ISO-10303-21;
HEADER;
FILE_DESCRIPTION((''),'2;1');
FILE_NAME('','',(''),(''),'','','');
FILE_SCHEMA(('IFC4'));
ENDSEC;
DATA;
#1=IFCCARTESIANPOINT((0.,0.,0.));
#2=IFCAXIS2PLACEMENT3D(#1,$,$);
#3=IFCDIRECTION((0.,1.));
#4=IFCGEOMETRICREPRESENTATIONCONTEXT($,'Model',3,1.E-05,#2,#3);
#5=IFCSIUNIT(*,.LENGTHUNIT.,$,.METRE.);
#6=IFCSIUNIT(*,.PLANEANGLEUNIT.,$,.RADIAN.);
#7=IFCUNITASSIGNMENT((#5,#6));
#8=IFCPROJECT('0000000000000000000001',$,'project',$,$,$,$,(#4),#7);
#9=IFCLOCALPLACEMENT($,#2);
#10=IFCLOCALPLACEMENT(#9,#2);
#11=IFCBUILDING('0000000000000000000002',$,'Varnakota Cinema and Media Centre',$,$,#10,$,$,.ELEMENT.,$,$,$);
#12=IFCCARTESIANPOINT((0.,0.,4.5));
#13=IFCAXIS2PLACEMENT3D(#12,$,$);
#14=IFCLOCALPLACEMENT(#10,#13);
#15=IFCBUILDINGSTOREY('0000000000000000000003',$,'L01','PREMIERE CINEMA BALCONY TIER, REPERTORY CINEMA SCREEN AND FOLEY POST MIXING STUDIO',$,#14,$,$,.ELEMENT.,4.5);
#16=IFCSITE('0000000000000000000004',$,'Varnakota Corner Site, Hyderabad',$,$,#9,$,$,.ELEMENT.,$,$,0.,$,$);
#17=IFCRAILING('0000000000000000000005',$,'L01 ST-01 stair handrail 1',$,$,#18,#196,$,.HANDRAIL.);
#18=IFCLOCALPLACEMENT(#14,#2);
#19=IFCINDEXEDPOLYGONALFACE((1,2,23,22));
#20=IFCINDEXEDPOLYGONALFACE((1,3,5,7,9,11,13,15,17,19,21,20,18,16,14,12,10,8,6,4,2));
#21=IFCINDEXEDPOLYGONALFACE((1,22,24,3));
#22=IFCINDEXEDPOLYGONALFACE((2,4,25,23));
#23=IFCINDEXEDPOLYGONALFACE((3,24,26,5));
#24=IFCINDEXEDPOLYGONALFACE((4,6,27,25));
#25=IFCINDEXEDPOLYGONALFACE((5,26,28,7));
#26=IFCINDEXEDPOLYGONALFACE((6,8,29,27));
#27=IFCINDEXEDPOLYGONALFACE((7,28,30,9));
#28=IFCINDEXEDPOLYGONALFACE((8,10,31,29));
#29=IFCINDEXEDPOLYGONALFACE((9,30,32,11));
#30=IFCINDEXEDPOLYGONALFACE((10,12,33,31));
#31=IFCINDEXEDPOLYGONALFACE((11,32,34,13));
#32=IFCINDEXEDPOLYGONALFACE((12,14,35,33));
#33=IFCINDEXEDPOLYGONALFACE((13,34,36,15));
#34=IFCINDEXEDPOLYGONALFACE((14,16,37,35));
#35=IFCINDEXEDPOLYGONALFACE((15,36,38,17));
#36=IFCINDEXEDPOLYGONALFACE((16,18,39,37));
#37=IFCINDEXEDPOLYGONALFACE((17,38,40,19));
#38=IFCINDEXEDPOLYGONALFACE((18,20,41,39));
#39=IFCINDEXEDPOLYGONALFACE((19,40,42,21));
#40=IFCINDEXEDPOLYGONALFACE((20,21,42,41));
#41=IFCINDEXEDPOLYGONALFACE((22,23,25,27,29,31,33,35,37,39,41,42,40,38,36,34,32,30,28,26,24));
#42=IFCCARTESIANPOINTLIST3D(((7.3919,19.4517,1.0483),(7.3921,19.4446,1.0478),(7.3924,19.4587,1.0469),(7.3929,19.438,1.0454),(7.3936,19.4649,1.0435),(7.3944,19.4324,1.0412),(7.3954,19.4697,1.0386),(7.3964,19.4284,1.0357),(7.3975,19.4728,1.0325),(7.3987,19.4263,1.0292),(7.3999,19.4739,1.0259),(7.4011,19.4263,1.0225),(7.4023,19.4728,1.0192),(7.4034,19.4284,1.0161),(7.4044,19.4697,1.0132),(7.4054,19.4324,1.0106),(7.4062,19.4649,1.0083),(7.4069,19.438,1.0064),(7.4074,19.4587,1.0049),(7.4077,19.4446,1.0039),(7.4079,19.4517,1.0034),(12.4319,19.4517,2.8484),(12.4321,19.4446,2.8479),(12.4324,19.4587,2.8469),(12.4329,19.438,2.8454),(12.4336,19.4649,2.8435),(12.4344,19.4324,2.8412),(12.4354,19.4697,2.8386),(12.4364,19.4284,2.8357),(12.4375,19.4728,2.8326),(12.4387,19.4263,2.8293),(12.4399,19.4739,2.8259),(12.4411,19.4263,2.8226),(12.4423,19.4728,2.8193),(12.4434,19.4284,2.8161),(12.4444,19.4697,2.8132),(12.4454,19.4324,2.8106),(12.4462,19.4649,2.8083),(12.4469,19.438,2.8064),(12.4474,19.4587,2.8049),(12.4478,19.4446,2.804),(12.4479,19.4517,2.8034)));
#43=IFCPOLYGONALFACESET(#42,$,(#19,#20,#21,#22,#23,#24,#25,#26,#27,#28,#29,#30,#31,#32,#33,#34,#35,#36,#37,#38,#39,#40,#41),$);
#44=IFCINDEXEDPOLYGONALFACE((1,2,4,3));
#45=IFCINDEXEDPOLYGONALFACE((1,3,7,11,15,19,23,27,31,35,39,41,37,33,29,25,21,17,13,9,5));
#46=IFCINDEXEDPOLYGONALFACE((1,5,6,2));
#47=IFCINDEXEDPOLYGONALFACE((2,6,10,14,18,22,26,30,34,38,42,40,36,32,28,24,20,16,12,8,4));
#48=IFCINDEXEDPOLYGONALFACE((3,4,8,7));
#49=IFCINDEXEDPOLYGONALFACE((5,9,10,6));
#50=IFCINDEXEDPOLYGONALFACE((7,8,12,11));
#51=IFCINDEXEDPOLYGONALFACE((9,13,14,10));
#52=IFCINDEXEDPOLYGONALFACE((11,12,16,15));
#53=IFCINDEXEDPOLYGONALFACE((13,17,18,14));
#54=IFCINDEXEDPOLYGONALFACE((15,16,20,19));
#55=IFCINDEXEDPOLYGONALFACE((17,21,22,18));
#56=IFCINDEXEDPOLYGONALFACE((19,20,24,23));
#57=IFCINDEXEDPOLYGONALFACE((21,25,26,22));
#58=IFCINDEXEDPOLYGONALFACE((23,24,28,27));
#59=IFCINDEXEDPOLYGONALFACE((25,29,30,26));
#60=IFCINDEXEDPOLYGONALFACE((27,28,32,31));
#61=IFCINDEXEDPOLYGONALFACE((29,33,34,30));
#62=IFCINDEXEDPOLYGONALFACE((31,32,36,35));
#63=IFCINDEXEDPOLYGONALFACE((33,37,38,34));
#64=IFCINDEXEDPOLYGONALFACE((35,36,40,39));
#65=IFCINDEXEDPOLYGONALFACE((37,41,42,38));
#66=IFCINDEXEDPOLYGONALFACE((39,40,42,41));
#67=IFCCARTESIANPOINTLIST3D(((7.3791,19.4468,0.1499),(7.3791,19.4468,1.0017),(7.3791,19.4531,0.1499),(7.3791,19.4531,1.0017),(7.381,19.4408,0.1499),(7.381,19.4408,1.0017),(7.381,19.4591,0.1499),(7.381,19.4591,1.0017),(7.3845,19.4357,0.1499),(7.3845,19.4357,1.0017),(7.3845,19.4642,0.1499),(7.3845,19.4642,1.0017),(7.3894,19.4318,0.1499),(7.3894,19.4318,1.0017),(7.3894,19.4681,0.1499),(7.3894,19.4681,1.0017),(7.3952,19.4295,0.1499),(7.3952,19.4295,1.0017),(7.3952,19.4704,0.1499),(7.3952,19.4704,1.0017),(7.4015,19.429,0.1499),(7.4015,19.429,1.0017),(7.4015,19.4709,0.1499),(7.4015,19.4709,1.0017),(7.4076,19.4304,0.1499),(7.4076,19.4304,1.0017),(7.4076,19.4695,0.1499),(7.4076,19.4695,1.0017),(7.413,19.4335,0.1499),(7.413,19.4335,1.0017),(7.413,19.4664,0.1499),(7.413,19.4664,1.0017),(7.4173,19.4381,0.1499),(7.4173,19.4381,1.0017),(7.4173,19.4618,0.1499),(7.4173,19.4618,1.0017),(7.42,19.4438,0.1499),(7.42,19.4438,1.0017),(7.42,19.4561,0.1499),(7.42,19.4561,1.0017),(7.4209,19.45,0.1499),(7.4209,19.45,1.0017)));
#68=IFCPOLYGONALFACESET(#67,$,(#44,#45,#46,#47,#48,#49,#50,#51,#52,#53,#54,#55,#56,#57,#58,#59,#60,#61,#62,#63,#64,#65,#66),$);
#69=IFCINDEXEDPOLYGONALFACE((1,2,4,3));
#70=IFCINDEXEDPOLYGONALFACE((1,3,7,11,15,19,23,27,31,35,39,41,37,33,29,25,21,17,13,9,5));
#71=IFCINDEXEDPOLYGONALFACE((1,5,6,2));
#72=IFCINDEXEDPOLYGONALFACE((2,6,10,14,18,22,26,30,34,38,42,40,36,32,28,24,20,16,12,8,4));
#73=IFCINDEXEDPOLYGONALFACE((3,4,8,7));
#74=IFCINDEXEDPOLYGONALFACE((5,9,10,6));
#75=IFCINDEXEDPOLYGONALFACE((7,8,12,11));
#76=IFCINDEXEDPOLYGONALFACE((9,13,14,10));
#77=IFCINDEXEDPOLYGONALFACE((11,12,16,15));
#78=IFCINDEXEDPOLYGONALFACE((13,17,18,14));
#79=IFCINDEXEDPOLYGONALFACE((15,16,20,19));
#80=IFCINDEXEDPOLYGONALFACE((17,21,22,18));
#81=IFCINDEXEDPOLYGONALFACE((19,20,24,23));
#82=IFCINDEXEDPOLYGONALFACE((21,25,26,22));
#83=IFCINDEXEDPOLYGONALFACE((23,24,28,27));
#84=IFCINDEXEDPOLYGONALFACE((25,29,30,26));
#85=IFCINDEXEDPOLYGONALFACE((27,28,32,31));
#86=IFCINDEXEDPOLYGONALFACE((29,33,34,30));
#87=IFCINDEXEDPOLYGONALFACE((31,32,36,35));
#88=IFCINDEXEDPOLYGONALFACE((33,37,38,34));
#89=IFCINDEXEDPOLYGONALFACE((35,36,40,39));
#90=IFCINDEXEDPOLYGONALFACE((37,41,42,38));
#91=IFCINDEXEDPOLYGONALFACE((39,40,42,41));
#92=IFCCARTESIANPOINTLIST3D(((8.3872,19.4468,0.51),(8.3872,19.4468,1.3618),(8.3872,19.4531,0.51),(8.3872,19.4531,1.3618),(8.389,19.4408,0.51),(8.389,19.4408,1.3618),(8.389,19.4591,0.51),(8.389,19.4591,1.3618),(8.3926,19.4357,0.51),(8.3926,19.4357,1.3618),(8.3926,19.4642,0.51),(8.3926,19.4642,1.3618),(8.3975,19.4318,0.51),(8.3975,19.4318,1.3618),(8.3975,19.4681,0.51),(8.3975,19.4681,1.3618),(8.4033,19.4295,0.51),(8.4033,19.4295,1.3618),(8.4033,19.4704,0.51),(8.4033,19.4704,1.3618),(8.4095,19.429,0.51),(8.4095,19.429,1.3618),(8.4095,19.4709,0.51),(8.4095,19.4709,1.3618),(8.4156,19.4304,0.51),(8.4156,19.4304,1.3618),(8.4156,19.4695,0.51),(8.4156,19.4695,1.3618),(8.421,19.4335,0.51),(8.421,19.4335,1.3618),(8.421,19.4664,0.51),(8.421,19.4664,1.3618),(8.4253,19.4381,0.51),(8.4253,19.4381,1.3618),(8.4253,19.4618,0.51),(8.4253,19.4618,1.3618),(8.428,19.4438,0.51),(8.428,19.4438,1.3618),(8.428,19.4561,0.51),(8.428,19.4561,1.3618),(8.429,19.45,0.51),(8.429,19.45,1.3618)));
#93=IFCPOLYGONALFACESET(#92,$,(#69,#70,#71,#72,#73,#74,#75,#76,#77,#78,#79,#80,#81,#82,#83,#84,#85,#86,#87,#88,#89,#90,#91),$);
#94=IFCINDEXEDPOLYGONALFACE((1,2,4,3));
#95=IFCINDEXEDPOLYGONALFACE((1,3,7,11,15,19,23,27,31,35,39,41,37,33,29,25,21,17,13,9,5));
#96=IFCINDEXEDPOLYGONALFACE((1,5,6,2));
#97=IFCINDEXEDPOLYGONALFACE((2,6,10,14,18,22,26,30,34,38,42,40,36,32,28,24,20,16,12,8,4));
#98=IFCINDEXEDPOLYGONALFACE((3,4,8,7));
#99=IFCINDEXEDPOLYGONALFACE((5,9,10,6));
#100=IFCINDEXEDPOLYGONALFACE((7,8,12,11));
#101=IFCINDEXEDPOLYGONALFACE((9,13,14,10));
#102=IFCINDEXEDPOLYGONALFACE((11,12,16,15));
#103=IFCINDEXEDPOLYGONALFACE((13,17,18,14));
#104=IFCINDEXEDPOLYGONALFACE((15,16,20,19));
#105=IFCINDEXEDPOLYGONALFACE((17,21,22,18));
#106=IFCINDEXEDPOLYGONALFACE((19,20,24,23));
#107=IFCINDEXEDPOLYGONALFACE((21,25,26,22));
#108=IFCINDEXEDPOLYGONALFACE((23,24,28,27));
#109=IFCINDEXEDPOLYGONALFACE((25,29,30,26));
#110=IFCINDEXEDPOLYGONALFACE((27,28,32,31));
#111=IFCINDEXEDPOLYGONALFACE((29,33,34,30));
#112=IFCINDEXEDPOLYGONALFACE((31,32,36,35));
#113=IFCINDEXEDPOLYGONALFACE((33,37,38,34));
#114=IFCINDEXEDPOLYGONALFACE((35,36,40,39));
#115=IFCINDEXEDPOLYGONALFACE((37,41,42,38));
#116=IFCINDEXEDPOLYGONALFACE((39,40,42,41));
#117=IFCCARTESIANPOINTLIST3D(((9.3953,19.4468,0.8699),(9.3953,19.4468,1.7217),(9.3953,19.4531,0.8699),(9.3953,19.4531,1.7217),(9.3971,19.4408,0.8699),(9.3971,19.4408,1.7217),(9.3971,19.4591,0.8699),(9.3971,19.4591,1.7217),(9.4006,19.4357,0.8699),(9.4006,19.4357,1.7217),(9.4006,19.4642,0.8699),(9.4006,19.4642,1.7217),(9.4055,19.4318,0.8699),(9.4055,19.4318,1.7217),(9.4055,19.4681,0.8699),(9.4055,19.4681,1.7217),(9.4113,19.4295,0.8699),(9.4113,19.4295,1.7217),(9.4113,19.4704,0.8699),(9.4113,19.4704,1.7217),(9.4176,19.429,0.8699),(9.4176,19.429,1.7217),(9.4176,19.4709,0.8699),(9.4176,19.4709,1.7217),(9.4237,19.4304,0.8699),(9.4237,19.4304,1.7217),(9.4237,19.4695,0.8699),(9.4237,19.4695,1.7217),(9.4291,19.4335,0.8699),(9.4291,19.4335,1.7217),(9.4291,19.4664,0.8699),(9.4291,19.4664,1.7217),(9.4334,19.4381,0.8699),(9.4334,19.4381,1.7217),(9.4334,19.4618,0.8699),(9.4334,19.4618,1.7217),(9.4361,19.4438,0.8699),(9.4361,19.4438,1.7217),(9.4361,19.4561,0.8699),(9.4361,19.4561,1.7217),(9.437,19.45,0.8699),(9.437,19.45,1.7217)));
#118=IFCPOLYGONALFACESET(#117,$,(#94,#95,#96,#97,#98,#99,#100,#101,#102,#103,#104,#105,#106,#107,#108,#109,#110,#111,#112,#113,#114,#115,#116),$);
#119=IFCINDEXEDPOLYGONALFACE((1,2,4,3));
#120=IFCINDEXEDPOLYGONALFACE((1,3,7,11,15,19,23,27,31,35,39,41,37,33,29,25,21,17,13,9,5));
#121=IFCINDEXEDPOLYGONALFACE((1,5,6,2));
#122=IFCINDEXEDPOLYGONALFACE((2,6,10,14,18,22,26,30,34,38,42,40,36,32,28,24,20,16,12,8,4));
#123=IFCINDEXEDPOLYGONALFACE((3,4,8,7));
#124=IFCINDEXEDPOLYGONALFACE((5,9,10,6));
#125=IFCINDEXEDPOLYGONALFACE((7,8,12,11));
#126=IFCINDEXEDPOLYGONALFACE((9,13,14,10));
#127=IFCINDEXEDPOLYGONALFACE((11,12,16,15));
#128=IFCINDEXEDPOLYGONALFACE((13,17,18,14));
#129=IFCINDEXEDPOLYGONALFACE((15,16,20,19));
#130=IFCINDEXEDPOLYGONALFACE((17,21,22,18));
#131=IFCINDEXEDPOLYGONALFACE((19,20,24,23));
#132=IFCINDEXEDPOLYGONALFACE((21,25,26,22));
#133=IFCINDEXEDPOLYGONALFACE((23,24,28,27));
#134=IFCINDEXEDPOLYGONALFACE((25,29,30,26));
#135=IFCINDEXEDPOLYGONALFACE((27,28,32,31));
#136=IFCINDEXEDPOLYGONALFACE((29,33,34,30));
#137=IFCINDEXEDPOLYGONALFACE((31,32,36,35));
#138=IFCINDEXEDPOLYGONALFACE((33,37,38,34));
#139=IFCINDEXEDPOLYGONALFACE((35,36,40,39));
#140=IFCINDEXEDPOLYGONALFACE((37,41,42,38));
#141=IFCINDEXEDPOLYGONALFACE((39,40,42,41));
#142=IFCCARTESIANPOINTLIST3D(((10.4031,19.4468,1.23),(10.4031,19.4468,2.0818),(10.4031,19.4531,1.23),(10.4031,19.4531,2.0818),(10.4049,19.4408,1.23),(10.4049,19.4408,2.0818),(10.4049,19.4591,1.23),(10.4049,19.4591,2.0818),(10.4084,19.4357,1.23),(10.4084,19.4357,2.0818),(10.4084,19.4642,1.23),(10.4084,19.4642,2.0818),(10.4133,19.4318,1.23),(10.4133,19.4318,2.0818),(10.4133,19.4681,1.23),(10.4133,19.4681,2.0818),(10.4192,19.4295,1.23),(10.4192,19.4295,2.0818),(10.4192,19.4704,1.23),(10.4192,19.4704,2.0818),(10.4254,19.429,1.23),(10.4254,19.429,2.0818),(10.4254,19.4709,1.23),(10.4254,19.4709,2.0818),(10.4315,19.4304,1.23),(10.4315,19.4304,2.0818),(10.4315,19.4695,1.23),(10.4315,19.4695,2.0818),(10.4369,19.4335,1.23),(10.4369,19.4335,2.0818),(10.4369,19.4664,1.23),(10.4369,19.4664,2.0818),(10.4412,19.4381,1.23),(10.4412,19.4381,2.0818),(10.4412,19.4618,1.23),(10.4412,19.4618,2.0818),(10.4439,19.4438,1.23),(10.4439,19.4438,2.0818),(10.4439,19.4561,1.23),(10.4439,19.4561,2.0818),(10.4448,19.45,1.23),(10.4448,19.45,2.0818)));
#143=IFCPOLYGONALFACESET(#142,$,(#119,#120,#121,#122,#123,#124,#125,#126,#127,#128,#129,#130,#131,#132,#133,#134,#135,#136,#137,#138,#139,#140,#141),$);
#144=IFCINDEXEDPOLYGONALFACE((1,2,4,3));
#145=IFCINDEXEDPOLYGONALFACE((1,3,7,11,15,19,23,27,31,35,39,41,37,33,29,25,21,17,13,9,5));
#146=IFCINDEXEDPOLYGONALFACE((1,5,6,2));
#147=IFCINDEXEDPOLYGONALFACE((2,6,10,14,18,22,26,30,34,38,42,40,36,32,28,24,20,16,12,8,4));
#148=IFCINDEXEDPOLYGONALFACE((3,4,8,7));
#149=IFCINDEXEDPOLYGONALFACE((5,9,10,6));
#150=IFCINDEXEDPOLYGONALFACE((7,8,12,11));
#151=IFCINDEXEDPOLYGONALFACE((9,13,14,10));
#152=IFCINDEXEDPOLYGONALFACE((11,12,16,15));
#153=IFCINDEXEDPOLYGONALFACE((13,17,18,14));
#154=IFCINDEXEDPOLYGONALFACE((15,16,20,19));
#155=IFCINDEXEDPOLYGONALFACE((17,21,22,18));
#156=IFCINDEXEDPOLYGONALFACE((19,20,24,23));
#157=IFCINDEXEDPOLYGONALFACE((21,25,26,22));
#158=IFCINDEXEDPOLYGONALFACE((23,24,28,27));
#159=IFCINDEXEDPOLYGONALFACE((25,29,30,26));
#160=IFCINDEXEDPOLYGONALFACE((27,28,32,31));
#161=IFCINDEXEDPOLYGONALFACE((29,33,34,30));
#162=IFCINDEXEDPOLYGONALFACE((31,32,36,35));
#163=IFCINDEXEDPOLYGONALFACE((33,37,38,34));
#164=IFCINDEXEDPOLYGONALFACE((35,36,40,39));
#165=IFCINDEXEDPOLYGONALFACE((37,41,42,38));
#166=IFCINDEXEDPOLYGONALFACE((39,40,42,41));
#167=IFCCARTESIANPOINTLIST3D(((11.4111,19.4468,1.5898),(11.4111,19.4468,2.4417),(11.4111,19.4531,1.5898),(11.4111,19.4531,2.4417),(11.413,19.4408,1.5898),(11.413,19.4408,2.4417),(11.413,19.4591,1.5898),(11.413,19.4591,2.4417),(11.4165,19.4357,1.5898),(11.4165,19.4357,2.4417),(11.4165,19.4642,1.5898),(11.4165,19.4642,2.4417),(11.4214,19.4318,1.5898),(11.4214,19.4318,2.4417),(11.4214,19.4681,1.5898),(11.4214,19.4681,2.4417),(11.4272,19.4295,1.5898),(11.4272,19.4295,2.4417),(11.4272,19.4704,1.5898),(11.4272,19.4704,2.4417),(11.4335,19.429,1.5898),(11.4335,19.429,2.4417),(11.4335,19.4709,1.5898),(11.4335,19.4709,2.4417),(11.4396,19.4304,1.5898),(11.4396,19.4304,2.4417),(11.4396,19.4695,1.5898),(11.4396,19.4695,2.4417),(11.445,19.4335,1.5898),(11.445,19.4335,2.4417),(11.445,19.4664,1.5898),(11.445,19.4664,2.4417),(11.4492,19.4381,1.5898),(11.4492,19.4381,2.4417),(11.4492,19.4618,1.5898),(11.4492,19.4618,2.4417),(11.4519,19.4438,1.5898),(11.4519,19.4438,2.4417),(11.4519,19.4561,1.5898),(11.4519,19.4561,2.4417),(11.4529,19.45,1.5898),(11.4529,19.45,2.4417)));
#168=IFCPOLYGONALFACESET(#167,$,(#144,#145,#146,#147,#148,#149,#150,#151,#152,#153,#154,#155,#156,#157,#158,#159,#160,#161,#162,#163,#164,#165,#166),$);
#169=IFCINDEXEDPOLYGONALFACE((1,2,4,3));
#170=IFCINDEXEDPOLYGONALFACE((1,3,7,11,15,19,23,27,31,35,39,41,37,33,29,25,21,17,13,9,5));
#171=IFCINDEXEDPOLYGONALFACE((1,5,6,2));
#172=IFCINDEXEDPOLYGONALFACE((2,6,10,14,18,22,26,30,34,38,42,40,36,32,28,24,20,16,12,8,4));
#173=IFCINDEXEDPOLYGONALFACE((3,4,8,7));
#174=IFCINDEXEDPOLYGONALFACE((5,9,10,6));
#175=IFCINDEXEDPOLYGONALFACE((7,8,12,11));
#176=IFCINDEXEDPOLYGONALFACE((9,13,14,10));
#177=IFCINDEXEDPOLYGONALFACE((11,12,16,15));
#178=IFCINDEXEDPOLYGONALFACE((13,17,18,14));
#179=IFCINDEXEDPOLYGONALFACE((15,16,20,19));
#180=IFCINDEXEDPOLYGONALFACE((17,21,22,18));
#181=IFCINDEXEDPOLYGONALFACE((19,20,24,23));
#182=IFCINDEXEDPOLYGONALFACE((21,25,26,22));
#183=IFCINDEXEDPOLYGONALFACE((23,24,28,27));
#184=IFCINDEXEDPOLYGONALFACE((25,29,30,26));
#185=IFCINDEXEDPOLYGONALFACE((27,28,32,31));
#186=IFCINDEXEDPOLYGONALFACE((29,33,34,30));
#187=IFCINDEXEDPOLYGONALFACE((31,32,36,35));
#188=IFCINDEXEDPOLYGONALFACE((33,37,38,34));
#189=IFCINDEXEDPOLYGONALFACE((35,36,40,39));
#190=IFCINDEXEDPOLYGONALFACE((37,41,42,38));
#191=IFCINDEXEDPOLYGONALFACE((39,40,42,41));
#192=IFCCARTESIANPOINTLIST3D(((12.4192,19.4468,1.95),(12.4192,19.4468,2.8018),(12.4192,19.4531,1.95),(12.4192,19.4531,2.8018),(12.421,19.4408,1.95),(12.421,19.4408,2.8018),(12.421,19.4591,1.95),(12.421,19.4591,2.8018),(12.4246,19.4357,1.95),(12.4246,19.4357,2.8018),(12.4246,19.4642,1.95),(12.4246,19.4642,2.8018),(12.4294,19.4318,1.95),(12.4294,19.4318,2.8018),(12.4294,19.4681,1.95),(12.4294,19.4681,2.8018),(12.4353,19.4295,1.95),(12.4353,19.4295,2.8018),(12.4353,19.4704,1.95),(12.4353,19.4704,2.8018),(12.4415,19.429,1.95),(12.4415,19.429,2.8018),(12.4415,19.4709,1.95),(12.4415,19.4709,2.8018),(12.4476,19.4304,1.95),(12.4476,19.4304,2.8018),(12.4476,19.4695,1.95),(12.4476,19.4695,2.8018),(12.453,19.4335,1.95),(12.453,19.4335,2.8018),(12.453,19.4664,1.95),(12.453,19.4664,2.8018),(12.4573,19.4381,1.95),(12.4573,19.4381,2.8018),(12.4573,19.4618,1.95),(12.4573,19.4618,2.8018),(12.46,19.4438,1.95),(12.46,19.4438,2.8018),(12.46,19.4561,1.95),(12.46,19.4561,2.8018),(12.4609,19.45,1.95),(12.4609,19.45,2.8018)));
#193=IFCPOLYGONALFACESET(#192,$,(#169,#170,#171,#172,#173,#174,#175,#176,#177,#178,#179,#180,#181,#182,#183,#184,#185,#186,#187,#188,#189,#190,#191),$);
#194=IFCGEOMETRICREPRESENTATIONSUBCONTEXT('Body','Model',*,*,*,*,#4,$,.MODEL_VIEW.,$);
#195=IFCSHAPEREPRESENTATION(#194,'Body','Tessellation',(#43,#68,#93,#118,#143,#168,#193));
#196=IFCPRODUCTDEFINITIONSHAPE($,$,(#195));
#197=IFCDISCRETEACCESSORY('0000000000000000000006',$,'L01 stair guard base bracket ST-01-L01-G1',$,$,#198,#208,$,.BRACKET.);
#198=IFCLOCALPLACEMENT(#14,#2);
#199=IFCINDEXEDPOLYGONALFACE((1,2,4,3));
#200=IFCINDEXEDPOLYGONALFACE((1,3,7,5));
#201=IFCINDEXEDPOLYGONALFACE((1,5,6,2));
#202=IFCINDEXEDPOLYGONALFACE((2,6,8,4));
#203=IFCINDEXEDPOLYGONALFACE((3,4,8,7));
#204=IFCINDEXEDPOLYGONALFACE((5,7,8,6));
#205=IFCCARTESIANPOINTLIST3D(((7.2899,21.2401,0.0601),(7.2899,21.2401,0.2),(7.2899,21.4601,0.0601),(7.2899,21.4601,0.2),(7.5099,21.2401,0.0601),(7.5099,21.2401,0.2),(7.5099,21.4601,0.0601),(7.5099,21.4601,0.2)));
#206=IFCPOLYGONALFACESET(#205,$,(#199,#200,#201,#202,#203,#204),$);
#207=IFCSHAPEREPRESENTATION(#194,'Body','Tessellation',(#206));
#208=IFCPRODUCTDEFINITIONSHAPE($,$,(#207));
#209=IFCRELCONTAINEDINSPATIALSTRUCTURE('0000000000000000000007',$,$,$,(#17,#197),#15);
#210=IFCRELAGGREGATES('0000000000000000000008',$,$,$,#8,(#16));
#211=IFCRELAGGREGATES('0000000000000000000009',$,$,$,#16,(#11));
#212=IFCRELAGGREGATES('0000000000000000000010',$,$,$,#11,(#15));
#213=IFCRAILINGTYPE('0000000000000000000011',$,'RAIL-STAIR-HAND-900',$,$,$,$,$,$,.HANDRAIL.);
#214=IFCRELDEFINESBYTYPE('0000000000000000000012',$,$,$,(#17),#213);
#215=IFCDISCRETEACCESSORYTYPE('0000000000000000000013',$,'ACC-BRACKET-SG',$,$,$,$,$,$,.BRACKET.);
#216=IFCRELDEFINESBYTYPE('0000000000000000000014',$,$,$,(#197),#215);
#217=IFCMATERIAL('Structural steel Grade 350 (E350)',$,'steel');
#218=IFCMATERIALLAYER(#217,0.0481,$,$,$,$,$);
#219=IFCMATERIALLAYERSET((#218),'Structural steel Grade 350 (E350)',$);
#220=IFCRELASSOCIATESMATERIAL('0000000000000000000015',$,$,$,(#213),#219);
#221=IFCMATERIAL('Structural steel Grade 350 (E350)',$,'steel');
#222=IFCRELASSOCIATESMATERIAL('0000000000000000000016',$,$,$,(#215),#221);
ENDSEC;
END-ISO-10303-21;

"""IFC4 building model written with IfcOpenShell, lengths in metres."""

from ifc_helpers import new_model, si_unit, direction, frame, origin, origin_2d, place, context, subcontext, project, spatial, rectangle, circle, extrude, material, layer, layer_set, type_object, element, save


model = new_model("IFC4")

# Units and contexts
model_context = context("Model", 3, precision=1e-05, world=origin(), true_north=direction((0.0, 1.0)))
body_context = subcontext(model_context, "Body", "Model", "MODEL_VIEW")
ifc_project = project(units=[si_unit("LENGTHUNIT", "METRE"), si_unit("PLANEANGLEUNIT", "RADIAN")], contexts=[model_context])

# Site, building, storey
site_placement = place(None, origin())
site = spatial("IfcSite", under=ifc_project, at=site_placement, Name="Varnakota Corner Site, Hyderabad", CompositionType="ELEMENT", RefElevation=0.0)
building_placement = place(site_placement, origin())
building = spatial("IfcBuilding", under=site, at=building_placement, Name="Varnakota Cinema and Media Centre", CompositionType="ELEMENT")
storey_placement = place(building_placement, frame((0.0, 0.0, 4.5)))
storey = spatial("IfcBuildingStorey", under=building, at=storey_placement, Name="L01", Description="PREMIERE CINEMA BALCONY TIER, REPERTORY CINEMA SCREEN AND FOLEY POST MIXING STUDIO", CompositionType="ELEMENT", Elevation=4.5)

# Railing
ifc_material_1 = material(Name="Structural steel Grade 350 (E350)", Category="steel")
ifc_layer_1 = layer(ifc_material_1, 0.0481)
ifc_layer_set_1 = layer_set([ifc_layer_1], Name="Structural steel Grade 350 (E350)")
railing_type_1 = type_object("IfcRailingType", Name="RAIL-STAIR-HAND-900", PredefinedType="HANDRAIL", material=ifc_layer_set_1)
railing_1_placement = place(storey_placement, frame((7.3999, 19.45, 0.1499)))
element("IfcRailing", 1, at=railing_1_placement, inside=storey, type_object=railing_type_1, Name="L01 ST-01 stair handrail 1", PredefinedType="HANDRAIL", context=body_context, shape_type="SweptSolid", body=[
    extrude(circle(Radius=0.0239, at=origin_2d()), frame((0.0, 0.0, 0.876), z_axis=(0.94174, 0.0, 0.336342), x_axis=(0.0, 1.0, 0.0)), (0.0, 0.0, 1.0), 5.3518),
    extrude(circle(Radius=0.021, at=origin_2d()), origin(), (0.0, 0.0, 1.0), 0.8518),
    extrude(circle(Radius=0.021, at=origin_2d()), frame((1.0081, 0.0, 0.3601)), (0.0, 0.0, 1.0), 0.8518),
    extrude(circle(Radius=0.021, at=origin_2d()), frame((2.0161, 0.0, 0.72)), (0.0, 0.0, 1.0), 0.8518),
    extrude(circle(Radius=0.021, at=origin_2d()), frame((3.0239, 0.0, 1.0801)), (0.0, 0.0, 1.0), 0.8518),
    extrude(circle(Radius=0.021, at=origin_2d()), frame((4.032, 0.0, 1.4399)), (0.0, 0.0, 1.0), 0.8518),
    extrude(circle(Radius=0.021, at=origin_2d()), frame((5.04, 0.0, 1.8)), (0.0, 0.0, 1.0), 0.8518),
])

# Discrete accessory
ifc_material_2 = material(Name="Structural steel Grade 350 (E350)", Category="steel")
discrete_accessory_type = type_object("IfcDiscreteAccessoryType", Name="ACC-BRACKET-SG", PredefinedType="BRACKET", material=ifc_material_2)
discrete_accessory_placement = place(storey_placement, frame((7.3999, 21.3501, 0.0601), z_axis=(0.0, 0.0, 1.0), x_axis=(1.0, 0.0, 0.0)))
element("IfcDiscreteAccessory", 2, at=discrete_accessory_placement, inside=storey, type_object=discrete_accessory_type, Name="L01 stair guard base bracket ST-01-L01-G1", PredefinedType="BRACKET", context=body_context, shape_type="SweptSolid", body=[
    extrude(rectangle(XDim=0.22, YDim=0.22, at=origin_2d()), origin(), (0.0, 0.0, 1.0), 0.1399),
])

save(model, "model.ifc")
